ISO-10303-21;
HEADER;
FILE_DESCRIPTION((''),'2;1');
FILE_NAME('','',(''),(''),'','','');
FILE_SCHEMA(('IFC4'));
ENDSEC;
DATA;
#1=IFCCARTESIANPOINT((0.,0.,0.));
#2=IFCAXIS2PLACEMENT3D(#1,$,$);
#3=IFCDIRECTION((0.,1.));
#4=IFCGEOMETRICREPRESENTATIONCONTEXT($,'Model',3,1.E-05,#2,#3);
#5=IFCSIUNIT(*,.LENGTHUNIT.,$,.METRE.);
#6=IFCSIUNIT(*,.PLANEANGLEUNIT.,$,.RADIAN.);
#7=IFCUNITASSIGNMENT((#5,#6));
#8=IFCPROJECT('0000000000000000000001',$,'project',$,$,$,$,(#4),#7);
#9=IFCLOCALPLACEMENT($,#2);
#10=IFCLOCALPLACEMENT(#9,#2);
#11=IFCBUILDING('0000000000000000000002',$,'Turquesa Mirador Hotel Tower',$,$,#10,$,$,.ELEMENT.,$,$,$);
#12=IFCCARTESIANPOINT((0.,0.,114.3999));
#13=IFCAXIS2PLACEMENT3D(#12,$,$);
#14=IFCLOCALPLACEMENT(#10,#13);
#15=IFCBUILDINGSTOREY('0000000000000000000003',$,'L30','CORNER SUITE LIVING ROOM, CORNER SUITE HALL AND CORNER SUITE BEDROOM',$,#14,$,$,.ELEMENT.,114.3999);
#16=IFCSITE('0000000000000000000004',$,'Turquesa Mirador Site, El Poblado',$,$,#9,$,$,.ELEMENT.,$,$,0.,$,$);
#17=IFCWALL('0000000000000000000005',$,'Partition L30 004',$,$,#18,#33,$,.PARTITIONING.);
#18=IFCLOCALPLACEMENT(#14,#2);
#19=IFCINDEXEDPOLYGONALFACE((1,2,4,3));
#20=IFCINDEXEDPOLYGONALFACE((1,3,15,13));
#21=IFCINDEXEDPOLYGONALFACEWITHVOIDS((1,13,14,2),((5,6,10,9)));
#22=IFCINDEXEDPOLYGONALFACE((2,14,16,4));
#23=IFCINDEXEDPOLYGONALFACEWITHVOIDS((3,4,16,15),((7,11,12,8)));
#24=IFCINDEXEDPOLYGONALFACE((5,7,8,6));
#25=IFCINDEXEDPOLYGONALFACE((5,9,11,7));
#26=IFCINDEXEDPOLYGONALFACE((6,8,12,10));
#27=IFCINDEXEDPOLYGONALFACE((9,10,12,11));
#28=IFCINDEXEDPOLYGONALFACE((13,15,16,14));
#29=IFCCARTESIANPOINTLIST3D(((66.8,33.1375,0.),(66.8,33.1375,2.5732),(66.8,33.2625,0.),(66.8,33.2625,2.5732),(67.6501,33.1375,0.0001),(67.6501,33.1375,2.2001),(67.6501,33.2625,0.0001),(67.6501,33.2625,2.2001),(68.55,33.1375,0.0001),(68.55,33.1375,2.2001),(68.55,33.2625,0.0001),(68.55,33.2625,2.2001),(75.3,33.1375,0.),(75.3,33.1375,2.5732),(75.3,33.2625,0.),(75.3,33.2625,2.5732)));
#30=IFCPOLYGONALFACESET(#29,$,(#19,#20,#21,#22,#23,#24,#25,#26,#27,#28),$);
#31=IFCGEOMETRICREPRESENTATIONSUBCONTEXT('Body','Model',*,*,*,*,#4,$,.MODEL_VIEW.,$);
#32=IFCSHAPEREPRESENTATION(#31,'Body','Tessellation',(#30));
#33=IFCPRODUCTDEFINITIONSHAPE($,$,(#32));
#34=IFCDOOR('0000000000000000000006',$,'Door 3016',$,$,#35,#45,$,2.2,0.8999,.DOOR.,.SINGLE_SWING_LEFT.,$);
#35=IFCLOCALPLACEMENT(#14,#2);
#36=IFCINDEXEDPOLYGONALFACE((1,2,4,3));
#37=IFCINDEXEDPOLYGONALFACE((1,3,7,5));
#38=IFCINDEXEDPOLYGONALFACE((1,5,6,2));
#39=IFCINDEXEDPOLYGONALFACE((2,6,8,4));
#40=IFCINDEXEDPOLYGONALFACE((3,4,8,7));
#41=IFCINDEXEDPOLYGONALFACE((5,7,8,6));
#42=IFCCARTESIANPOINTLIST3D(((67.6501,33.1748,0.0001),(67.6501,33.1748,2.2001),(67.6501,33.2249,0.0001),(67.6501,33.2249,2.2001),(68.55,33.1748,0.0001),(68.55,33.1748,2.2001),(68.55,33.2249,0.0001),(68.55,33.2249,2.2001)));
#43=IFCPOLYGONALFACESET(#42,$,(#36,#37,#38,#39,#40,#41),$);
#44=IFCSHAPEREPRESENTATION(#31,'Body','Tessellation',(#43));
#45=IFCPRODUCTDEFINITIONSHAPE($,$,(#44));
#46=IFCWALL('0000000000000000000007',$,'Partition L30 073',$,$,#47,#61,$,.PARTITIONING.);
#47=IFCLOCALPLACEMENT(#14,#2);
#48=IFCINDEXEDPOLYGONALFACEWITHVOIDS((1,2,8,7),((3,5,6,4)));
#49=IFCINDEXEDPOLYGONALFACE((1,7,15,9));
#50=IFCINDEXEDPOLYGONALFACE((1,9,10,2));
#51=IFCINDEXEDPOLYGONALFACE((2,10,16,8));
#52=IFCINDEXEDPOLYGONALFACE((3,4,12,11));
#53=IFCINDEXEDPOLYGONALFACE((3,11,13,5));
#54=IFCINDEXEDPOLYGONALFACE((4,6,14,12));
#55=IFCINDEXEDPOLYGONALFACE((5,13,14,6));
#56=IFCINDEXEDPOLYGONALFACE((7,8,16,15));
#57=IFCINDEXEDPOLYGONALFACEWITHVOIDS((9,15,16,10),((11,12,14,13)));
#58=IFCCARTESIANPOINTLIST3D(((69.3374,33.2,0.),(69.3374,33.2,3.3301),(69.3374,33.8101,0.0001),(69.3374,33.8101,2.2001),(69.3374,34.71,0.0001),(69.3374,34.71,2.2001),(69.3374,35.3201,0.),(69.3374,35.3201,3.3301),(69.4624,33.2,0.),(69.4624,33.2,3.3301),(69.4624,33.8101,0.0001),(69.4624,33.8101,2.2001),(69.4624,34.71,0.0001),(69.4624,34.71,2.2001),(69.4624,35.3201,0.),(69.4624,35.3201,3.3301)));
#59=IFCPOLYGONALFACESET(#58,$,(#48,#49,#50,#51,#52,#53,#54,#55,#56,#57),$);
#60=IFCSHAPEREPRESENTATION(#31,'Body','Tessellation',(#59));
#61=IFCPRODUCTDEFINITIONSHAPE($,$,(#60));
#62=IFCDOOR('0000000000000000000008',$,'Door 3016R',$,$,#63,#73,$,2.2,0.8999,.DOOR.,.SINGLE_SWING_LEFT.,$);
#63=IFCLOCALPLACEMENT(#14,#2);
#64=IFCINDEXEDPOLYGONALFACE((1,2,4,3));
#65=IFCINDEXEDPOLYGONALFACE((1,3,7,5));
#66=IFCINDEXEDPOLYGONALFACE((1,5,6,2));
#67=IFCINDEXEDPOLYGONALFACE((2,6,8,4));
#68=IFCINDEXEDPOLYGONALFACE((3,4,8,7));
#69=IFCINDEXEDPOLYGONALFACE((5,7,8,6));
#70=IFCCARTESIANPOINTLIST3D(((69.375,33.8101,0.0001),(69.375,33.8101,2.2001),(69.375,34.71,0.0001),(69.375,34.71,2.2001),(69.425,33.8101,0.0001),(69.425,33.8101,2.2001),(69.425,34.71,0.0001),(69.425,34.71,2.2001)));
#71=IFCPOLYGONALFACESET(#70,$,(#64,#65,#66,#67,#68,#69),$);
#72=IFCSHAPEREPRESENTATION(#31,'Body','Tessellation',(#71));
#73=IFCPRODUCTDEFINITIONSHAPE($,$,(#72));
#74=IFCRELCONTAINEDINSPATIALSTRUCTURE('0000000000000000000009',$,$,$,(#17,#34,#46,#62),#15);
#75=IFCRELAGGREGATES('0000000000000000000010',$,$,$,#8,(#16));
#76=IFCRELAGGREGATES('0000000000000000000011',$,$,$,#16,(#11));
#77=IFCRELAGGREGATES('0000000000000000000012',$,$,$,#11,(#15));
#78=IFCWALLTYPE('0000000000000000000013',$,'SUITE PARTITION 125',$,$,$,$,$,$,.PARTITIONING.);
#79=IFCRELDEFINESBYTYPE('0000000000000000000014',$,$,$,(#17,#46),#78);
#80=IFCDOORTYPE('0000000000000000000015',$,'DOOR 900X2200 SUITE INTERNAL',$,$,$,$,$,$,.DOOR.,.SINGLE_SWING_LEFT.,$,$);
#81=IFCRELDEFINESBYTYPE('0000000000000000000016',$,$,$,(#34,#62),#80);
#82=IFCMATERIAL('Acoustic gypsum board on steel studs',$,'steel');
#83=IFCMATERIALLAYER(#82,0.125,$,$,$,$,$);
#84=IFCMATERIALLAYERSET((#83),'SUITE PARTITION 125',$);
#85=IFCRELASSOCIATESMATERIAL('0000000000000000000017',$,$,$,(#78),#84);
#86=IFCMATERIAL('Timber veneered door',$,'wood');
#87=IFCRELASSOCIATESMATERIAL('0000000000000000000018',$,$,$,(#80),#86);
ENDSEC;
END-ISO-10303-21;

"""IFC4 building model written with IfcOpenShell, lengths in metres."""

from ifc_helpers import new_model, si_unit, direction, frame, frame_2d, origin, place, context, subcontext, project, spatial, rectangle, extrude, material, layer, layer_set, type_object, element, fill, save


model = new_model("IFC4")

# Units and contexts
model_context = context("Model", 3, precision=1e-05, world=origin(), true_north=direction((0.0, 1.0)))
body_context = subcontext(model_context, "Body", "Model", "MODEL_VIEW")
ifc_project = project(units=[si_unit("LENGTHUNIT", "METRE"), si_unit("PLANEANGLEUNIT", "RADIAN")], contexts=[model_context])

# Site, building, storey
site_placement = place(None, origin())
site = spatial("IfcSite", under=ifc_project, at=site_placement, Name="Turquesa Mirador Site, El Poblado", CompositionType="ELEMENT", RefElevation=0.0)
building_placement = place(site_placement, origin())
building = spatial("IfcBuilding", under=site, at=building_placement, Name="Turquesa Mirador Hotel Tower", CompositionType="ELEMENT")
storey_placement = place(building_placement, frame((0.0, 0.0, 114.3999)))
storey = spatial("IfcBuildingStorey", under=building, at=storey_placement, Name="L30", Description="CORNER SUITE LIVING ROOM, CORNER SUITE HALL AND CORNER SUITE BEDROOM", CompositionType="ELEMENT", Elevation=114.3999)

# Walls, openings, doors
ifc_material_1 = material(Name="Acoustic gypsum board on steel studs", Category="steel")
ifc_layer_1 = layer(ifc_material_1, 0.125)
ifc_layer_set_1 = layer_set([ifc_layer_1], Name="SUITE PARTITION 125")
wall_type_1 = type_object("IfcWallType", Name="SUITE PARTITION 125", PredefinedType="PARTITIONING", material=ifc_layer_set_1)
wall_1_placement = place(storey_placement, frame((66.8, 33.2, 0.0), z_axis=(0.0, 0.0, 1.0), x_axis=(1.0, 0.0, 0.0)))
wall_1 = element("IfcWall", 1, at=wall_1_placement, inside=storey, type_object=wall_type_1, Name="Partition L30 004", PredefinedType="PARTITIONING", context=body_context, shape_type="SweptSolid", body=[
    extrude(rectangle(XDim=8.5, YDim=0.125, at=frame_2d((4.25, 0.0))), origin(), (0.0, 0.0, 1.0), 2.5732),
])
opening_1_placement = place(wall_1_placement, frame((0.8501, 0.0, 0.0)))
opening_1 = element("IfcOpeningElement", 2, at=opening_1_placement, cuts=wall_1, PredefinedType="OPENING", context=body_context, shape_type="SweptSolid", body=[
    extrude(rectangle(XDim=0.8999, YDim=2.2, at=frame_2d((0.45, 1.1001))), frame((0.0, 0.0725, 0.0), z_axis=(0.0, -1.0, 0.0), x_axis=(1.0, 0.0, 0.0)), (0.0, 0.0, 1.0), 0.145),
])
ifc_material_2 = material(Name="Timber veneered door", Category="wood")
door_type_1 = type_object("IfcDoorType", Name="DOOR 900X2200 SUITE INTERNAL", OperationType="SINGLE_SWING_LEFT", PredefinedType="DOOR", material=ifc_material_2)
door_1_placement = place(opening_1_placement, origin())
door_1 = element("IfcDoor", 3, at=door_1_placement, inside=storey, type_object=door_type_1, Name="Door 3016", OperationType="SINGLE_SWING_LEFT", OverallHeight=2.2, OverallWidth=0.8999, PredefinedType="DOOR", context=body_context, shape_type="SweptSolid", body=[
    extrude(rectangle(XDim=0.8999, YDim=2.2, at=frame_2d((0.45, 1.1001))), frame((0.0, 0.0249, 0.0), z_axis=(0.0, -1.0, 0.0), x_axis=(1.0, 0.0, 0.0)), (0.0, 0.0, 1.0), 0.05),
])
fill(opening_1, door_1)
wall_2_placement = place(storey_placement, frame((69.3999, 33.2, 0.0), z_axis=(0.0, 0.0, 1.0), x_axis=(0.0, 1.0, 0.0)))
wall_2 = element("IfcWall", 4, at=wall_2_placement, inside=storey, type_object=wall_type_1, Name="Partition L30 073", PredefinedType="PARTITIONING", context=body_context, shape_type="SweptSolid", body=[
    extrude(rectangle(XDim=2.1201, YDim=0.125, at=frame_2d((1.0601, 0.0))), origin(), (0.0, 0.0, 1.0), 3.3301),
])
opening_2_placement = place(wall_2_placement, frame((0.6101, 0.0, 0.0)))
opening_2 = element("IfcOpeningElement", 5, at=opening_2_placement, cuts=wall_2, PredefinedType="OPENING", context=body_context, shape_type="SweptSolid", body=[
    extrude(rectangle(XDim=0.8999, YDim=2.2, at=frame_2d((0.45, 1.1001))), frame((0.0, 0.0725, 0.0), z_axis=(0.0, -1.0, 0.0), x_axis=(1.0, 0.0, 0.0)), (0.0, 0.0, 1.0), 0.145),
])
door_2_placement = place(opening_2_placement, origin())
door_2 = element("IfcDoor", 6, at=door_2_placement, inside=storey, type_object=door_type_1, Name="Door 3016R", OperationType="SINGLE_SWING_LEFT", OverallHeight=2.2, OverallWidth=0.8999, PredefinedType="DOOR", context=body_context, shape_type="SweptSolid", body=[
    extrude(rectangle(XDim=0.8999, YDim=2.2, at=frame_2d((0.45, 1.1001))), frame((0.0, 0.0249, 0.0), z_axis=(0.0, -1.0, 0.0), x_axis=(1.0, 0.0, 0.0)), (0.0, 0.0, 1.0), 0.05),
])
fill(opening_2, door_2)

save(model, "model.ifc")
